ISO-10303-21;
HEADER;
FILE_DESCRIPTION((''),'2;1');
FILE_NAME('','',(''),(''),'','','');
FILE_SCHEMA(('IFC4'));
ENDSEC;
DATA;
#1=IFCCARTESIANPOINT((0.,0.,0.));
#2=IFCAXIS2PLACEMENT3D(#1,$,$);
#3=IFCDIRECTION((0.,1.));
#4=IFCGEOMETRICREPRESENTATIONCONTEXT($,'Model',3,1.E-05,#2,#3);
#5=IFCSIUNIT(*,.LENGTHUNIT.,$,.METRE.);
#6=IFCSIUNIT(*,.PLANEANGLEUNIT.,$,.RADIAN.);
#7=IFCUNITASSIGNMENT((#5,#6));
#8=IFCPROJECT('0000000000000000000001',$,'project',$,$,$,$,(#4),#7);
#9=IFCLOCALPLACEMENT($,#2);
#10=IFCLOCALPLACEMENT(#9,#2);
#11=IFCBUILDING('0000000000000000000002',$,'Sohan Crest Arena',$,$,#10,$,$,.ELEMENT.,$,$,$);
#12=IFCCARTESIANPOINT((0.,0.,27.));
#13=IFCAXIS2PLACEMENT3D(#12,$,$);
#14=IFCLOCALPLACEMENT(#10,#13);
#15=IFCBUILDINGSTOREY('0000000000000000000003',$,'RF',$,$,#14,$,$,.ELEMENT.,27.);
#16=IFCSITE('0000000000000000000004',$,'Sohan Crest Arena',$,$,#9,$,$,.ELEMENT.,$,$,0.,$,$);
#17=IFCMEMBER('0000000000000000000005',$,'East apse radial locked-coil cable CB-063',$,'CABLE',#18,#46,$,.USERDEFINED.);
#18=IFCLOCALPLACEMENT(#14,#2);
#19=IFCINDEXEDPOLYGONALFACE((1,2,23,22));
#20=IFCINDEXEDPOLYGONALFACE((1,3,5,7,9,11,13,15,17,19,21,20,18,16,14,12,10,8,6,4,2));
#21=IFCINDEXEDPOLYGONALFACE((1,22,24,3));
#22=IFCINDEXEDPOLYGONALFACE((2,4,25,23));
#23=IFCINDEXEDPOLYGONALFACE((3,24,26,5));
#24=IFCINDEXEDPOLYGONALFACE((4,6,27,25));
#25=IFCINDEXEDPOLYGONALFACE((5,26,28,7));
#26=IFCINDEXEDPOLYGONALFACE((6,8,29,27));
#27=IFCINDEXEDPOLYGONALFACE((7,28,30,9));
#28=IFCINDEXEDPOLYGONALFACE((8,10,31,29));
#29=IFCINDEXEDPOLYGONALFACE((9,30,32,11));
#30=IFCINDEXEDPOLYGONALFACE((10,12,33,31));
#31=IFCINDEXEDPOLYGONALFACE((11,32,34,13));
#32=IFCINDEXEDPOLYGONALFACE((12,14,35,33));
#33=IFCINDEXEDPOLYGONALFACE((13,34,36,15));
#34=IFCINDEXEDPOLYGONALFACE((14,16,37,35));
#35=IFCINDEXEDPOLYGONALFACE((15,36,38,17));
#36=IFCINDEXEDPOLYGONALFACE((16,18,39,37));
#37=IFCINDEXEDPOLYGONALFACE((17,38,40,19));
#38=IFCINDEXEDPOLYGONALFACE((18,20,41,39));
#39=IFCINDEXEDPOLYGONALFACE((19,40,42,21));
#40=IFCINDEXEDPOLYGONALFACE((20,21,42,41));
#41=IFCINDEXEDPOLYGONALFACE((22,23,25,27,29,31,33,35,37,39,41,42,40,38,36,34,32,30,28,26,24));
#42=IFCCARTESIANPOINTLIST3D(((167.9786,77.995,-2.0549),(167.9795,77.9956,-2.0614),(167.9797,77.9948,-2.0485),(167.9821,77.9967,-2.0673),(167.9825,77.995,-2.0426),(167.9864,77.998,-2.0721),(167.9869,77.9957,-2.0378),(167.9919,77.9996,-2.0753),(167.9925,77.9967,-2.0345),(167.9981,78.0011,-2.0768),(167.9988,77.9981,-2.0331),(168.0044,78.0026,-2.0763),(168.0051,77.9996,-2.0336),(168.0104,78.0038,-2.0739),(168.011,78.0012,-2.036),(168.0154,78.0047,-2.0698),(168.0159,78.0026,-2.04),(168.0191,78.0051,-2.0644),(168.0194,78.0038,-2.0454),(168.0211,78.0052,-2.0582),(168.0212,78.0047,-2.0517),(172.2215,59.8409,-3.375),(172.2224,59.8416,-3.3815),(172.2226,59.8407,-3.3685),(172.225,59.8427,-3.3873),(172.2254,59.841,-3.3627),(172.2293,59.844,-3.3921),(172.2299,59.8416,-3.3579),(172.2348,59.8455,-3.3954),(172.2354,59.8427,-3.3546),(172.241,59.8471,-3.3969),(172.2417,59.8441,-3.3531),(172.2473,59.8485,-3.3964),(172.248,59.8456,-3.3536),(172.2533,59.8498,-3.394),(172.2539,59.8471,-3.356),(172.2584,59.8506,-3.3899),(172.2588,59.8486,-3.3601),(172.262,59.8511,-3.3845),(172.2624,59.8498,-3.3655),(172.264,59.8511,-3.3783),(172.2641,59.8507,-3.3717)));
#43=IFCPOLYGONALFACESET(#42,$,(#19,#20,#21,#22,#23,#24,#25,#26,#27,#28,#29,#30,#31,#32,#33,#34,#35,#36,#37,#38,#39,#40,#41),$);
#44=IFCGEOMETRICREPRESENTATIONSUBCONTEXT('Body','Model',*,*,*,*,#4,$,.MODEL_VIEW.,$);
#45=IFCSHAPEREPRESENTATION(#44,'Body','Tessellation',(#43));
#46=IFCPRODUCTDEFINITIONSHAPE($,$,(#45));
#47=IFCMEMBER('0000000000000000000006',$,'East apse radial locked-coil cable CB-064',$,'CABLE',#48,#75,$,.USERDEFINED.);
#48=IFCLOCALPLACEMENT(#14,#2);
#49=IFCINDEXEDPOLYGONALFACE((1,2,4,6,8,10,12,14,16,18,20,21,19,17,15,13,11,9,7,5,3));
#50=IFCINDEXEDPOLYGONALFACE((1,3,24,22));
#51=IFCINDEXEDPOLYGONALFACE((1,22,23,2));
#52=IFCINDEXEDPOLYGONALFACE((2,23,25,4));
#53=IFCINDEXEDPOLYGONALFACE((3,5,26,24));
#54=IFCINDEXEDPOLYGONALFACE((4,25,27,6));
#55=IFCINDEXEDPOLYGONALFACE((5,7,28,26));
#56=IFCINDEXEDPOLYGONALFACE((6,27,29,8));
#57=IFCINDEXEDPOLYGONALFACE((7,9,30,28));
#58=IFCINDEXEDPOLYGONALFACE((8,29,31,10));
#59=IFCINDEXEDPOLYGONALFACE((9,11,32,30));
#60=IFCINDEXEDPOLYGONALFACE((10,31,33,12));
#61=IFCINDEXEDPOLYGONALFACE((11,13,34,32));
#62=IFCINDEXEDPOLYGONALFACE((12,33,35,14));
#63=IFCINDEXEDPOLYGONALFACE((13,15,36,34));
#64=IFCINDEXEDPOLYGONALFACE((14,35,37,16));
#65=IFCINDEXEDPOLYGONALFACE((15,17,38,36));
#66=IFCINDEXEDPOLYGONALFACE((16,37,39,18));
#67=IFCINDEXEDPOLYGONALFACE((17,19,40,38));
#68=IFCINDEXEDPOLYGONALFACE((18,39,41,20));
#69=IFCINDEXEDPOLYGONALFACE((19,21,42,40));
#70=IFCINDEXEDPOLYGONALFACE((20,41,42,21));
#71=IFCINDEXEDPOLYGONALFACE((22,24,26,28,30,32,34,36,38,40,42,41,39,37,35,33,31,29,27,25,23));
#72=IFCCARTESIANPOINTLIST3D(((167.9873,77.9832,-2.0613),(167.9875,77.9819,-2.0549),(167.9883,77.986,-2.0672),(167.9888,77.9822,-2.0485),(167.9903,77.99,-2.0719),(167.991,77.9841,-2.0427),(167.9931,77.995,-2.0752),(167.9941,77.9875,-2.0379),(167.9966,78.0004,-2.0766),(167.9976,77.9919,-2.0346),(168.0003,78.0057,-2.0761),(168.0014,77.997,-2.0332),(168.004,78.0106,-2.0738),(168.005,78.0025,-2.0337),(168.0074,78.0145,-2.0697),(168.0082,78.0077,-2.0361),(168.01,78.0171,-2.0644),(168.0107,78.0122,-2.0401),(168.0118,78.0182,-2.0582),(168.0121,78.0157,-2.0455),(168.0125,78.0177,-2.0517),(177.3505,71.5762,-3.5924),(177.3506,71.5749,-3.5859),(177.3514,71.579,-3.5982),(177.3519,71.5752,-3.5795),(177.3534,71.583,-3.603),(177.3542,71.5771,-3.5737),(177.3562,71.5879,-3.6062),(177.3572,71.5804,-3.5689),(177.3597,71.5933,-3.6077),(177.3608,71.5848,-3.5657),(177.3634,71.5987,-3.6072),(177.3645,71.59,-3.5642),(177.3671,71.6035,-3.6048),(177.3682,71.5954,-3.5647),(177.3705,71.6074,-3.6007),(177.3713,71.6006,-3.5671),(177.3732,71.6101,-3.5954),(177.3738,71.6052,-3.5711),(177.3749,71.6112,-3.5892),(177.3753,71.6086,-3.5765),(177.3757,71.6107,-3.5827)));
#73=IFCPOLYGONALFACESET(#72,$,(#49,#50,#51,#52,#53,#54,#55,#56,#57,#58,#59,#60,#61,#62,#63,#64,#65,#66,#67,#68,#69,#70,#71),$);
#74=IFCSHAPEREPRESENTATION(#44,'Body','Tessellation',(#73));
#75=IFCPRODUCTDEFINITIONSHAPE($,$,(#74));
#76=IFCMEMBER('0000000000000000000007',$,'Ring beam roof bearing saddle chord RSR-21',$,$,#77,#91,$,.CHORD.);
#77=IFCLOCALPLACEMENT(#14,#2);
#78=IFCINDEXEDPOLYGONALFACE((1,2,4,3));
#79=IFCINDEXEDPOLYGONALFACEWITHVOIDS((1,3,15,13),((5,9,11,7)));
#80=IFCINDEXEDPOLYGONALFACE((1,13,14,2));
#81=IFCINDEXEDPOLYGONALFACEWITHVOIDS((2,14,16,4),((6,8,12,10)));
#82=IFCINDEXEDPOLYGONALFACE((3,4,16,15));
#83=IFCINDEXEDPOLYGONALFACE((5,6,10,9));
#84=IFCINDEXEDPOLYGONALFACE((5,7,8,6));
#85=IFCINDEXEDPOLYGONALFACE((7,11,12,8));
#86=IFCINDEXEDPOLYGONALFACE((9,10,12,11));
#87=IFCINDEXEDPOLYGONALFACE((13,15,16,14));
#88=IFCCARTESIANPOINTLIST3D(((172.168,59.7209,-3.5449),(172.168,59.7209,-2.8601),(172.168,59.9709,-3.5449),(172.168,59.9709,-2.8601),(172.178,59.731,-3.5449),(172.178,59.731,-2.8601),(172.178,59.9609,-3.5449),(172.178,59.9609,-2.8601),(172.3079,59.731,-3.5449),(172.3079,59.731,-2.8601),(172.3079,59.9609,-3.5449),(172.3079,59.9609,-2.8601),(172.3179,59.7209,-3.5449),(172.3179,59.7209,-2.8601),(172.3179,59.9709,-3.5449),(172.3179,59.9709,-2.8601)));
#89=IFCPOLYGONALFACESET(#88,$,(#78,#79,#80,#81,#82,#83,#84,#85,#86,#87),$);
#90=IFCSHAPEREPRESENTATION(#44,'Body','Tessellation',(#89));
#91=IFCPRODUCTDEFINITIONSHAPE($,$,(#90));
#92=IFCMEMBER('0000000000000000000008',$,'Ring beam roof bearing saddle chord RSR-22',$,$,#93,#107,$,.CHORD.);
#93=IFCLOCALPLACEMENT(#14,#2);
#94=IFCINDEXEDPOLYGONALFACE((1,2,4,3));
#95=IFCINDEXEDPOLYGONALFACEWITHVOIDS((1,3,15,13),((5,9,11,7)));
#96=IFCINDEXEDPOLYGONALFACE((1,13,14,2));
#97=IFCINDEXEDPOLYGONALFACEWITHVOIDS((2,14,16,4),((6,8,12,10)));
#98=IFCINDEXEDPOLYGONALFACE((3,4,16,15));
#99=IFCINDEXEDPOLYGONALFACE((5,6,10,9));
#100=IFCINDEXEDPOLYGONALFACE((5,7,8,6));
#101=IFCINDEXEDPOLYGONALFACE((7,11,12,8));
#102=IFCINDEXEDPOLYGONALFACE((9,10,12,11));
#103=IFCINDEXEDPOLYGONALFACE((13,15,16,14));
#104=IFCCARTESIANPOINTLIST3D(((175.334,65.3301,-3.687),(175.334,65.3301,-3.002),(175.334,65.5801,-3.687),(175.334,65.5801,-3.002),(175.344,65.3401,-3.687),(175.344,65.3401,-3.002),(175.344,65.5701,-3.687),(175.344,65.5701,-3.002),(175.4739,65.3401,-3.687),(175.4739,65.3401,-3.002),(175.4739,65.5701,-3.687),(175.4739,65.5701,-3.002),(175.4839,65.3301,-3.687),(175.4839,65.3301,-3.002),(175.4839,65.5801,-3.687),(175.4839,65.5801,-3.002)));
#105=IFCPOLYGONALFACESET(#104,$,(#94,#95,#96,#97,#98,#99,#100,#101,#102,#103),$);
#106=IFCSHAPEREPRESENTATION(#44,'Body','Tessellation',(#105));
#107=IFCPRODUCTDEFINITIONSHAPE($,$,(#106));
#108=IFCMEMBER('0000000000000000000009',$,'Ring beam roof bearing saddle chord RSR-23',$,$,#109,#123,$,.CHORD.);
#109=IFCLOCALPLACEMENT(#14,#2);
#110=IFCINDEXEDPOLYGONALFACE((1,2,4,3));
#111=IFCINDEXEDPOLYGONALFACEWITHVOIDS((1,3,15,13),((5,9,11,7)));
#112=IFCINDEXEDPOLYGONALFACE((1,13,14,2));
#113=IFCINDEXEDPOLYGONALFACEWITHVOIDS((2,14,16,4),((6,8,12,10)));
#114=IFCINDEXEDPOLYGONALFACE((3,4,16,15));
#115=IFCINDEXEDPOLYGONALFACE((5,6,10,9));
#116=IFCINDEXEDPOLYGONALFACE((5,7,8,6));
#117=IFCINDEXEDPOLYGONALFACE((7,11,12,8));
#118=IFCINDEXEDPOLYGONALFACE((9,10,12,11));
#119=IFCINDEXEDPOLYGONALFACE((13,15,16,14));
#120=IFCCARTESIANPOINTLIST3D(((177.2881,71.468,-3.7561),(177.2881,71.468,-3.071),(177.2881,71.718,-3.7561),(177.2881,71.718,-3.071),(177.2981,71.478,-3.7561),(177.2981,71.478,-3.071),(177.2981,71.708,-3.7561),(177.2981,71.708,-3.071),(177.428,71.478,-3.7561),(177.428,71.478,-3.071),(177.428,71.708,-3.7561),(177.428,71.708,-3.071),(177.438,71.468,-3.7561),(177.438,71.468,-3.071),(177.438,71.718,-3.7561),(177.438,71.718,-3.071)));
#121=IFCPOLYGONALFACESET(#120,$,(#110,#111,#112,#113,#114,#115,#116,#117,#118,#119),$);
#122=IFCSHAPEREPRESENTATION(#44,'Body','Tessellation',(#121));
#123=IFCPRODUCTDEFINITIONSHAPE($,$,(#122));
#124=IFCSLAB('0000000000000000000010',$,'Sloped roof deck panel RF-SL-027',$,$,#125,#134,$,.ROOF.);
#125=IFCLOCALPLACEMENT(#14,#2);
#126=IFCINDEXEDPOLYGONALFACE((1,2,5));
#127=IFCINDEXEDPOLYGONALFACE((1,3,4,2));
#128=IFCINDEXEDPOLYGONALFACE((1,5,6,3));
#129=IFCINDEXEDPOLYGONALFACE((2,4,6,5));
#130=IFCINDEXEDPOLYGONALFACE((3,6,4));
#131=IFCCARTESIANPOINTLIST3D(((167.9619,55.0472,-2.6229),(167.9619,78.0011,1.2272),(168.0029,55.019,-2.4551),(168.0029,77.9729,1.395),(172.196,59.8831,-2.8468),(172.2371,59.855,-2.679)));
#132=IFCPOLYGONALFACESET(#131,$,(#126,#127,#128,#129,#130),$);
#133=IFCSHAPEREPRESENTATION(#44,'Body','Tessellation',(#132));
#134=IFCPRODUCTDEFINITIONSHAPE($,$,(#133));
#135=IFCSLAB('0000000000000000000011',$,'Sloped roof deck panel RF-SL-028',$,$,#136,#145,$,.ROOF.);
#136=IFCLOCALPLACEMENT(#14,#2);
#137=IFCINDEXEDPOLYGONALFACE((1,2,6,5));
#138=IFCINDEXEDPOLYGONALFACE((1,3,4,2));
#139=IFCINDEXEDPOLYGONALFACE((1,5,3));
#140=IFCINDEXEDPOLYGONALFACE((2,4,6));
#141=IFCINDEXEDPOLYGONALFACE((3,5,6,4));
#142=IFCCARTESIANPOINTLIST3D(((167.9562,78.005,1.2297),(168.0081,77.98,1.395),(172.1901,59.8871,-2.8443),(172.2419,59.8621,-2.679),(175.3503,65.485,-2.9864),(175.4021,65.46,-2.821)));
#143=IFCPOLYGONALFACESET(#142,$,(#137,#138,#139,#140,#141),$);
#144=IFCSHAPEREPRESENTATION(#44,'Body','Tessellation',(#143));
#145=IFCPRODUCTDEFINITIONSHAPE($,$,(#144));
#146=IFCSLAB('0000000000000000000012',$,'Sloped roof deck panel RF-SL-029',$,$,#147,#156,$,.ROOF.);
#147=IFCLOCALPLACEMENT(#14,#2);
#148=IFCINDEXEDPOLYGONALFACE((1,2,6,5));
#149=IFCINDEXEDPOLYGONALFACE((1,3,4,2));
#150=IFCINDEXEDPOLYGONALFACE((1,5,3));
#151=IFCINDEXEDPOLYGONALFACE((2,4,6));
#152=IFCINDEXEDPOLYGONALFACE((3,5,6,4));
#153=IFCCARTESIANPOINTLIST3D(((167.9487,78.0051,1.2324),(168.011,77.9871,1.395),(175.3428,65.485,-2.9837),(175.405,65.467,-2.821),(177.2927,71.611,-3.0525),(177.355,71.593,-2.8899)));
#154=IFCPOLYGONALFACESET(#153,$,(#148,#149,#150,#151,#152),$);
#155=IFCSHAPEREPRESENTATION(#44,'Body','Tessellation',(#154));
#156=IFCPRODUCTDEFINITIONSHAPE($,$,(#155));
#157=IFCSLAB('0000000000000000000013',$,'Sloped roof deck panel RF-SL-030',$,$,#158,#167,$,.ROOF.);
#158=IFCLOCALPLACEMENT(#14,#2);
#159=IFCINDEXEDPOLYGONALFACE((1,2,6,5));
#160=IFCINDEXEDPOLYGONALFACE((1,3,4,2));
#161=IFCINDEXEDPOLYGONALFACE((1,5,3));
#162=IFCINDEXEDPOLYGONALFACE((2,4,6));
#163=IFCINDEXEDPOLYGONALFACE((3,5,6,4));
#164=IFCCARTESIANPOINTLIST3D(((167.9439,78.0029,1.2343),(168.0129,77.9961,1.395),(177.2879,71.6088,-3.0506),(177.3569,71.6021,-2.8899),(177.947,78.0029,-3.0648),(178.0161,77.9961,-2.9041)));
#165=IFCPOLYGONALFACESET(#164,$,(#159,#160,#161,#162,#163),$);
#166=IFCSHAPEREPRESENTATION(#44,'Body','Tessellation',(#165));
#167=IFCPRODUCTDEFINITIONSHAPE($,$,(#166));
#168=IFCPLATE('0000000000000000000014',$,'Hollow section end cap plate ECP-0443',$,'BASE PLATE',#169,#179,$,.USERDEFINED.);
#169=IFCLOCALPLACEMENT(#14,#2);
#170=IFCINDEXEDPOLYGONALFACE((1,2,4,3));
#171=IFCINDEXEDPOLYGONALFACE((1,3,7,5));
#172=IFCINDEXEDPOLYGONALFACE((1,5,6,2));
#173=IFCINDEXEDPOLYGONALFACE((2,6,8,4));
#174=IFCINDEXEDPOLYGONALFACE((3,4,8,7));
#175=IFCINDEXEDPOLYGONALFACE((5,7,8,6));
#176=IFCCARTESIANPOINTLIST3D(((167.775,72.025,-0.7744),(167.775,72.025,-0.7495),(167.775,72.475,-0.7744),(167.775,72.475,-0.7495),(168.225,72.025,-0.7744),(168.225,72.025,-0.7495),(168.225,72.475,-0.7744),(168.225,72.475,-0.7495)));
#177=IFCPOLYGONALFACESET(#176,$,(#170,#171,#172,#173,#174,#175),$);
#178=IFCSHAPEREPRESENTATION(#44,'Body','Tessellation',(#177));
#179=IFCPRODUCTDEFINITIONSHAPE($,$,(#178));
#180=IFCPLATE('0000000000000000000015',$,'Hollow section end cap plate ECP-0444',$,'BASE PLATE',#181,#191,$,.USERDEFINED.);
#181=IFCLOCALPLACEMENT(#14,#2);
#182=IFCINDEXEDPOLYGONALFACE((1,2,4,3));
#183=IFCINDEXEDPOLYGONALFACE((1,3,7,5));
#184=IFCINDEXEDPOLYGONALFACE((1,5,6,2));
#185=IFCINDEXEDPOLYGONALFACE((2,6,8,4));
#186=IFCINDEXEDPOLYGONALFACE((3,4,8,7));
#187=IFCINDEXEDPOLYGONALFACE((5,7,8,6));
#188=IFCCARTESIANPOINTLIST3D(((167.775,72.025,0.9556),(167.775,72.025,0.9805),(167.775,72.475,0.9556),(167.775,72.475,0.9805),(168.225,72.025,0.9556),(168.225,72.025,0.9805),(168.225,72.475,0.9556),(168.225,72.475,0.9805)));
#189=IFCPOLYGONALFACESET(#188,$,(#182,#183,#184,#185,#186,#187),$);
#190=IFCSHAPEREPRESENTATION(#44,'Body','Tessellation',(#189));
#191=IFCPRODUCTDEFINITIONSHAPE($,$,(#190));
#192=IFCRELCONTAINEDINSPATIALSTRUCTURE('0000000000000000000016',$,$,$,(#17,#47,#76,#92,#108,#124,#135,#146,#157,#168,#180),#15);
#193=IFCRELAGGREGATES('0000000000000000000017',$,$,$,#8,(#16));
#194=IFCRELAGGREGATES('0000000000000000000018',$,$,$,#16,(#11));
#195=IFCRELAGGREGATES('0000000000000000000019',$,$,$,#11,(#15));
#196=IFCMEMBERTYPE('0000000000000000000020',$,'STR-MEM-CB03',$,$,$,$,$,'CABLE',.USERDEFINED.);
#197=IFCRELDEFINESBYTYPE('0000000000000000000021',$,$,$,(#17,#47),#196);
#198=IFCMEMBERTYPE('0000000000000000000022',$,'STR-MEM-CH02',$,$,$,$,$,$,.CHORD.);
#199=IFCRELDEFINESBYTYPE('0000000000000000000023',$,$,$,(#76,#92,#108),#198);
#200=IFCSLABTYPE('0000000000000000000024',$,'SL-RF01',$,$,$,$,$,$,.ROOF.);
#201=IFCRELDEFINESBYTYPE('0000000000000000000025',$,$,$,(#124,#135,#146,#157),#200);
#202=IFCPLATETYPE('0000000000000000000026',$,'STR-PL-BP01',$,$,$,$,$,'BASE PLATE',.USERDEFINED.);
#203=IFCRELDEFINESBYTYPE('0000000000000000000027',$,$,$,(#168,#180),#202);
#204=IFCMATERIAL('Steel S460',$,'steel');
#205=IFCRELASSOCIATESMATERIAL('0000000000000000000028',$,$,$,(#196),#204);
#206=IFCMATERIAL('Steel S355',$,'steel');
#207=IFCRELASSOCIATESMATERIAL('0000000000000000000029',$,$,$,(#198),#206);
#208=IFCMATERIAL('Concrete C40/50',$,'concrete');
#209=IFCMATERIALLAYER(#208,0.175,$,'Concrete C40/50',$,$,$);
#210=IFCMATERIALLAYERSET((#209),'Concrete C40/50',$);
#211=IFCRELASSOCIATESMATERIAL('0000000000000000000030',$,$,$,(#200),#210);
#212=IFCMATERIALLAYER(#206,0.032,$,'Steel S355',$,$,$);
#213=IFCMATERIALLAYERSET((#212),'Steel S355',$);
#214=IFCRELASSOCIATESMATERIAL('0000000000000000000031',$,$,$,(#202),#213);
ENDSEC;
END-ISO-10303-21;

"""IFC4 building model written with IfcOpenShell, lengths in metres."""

from ifc_helpers import new_model, si_unit, direction, frame, origin, origin_2d, place, context, subcontext, project, spatial, polyline, rectangle, hollow_rectangle, circle, outline, extrude, material, layer, layer_set, material_profile, profile_set, type_object, element, save


model = new_model("IFC4")

# Units and contexts
model_context = context("Model", 3, precision=1e-05, world=origin(), true_north=direction((0.0, 1.0)))
body_context = subcontext(model_context, "Body", "Model", "MODEL_VIEW")
ifc_project = project(units=[si_unit("LENGTHUNIT", "METRE"), si_unit("PLANEANGLEUNIT", "RADIAN")], contexts=[model_context])

# Site, building, storey
site_placement = place(None, origin())
site = spatial("IfcSite", under=ifc_project, at=site_placement, Name="Sohan Crest Arena", CompositionType="ELEMENT", RefElevation=0.0)
building_placement = place(site_placement, origin())
building = spatial("IfcBuilding", under=site, at=building_placement, Name="Sohan Crest Arena", CompositionType="ELEMENT")
storey_placement = place(building_placement, frame((0.0, 0.0, 27.0)))
storey = spatial("IfcBuildingStorey", under=building, at=storey_placement, Name="RF", CompositionType="ELEMENT", Elevation=27.0)

# Shared definitions
ifc_material_1 = material(Name="Steel S355", Category="steel")

# Members
ifc_material_2 = material(Name="Steel S460", Category="steel")
ifc_material_profile_1 = material_profile(ifc_material_2, circle(Radius=0.022, at=origin_2d()), Name="FLC D44")
ifc_profile_set_1 = profile_set([ifc_material_profile_1], Name="Steel S460")
member_type_1 = type_object("IfcMemberType", Name="STR-MEM-CB03", ElementType="CABLE", PredefinedType="USERDEFINED", material=ifc_profile_set_1)
member_1_placement = place(storey_placement, frame((172.2429, 59.8459, -3.375), z_axis=(-0.227016, 0.971326, 0.07063), x_axis=(-0.973758, -0.227584, 0.0)))
element("IfcMember", 1, at=member_1_placement, inside=storey, type_object=member_type_1, Name="East apse radial locked-coil cable CB-063", ObjectType="CABLE", PredefinedType="USERDEFINED", context=body_context, shape_type="SweptSolid", body=[
    extrude(circle(Radius=0.022, at=origin_2d()), origin(), (0.0, 0.0, 1.0), 18.6899),
])
member_2_placement = place(storey_placement, frame((177.363, 71.593, -3.5859), z_axis=(-0.817865, 0.559653, 0.133734), x_axis=(-0.564726, -0.825279, 0.0)))
element("IfcMember", 2, at=member_2_placement, inside=storey, type_object=member_type_1, Name="East apse radial locked-coil cable CB-064", ObjectType="CABLE", PredefinedType="USERDEFINED", context=body_context, shape_type="SweptSolid", body=[
    extrude(circle(Radius=0.022, at=origin_2d()), origin(), (0.0, 0.0, 1.0), 11.4482),
])
ifc_material_profile_2 = material_profile(ifc_material_1, hollow_rectangle(XDim=0.1499, YDim=0.25, WallThickness=0.01, at=origin_2d()), Name="RHS 250x150x10")
ifc_profile_set_2 = profile_set([ifc_material_profile_2], Name="Steel S355")
member_type_2 = type_object("IfcMemberType", Name="STR-MEM-CH02", PredefinedType="CHORD", material=ifc_profile_set_2)
member_3_placement = place(storey_placement, frame((172.2429, 59.8459, -3.5449), z_axis=(0.0, 0.0, 1.0), x_axis=(1.0, 0.0, 0.0)))
element("IfcMember", 3, at=member_3_placement, inside=storey, type_object=member_type_2, Name="Ring beam roof bearing saddle chord RSR-21", PredefinedType="CHORD", context=body_context, shape_type="SweptSolid", body=[
    extrude(hollow_rectangle(XDim=0.1499, YDim=0.25, WallThickness=0.01, at=origin_2d()), origin(), (0.0, 0.0, 1.0), 0.6848),
])
for number, where, z_axis, x_axis, name in (
    (4, (175.4089, 65.4551, -3.687), (0.0, 0.0, 1.0), (1.0, 0.0, 0.0), "Ring beam roof bearing saddle chord RSR-22"),
    (5, (177.363, 71.593, -3.7561), (0.0, 0.0, 1.0), (1.0, 0.0, 0.0), "Ring beam roof bearing saddle chord RSR-23"),
):
    element("IfcMember", number, at=place(storey_placement, frame(where, z_axis=z_axis, x_axis=x_axis)), inside=storey, type_object=member_type_2, Name=name, PredefinedType="CHORD", context=body_context, shape_type="SweptSolid", body=[
        extrude(hollow_rectangle(XDim=0.1499, YDim=0.25, WallThickness=0.01, at=origin_2d()), origin(), (0.0, 0.0, 1.0), 0.6851),
    ])

# Slabs
ifc_material_3 = material(Name="Concrete C40/50", Category="concrete")
ifc_layer_1 = layer(ifc_material_3, 0.175, Name="Concrete C40/50")
ifc_layer_set_1 = layer_set([ifc_layer_1], Name="Concrete C40/50")
slab_type = type_object("IfcSlabType", Name="SL-RF01", PredefinedType="ROOF", material=ifc_layer_set_1)
slab_1_placement = place(storey_placement, frame((168.0029, 55.019, -2.4551), z_axis=(0.234364, -0.160814, 0.958756), x_axis=(0.658342, 0.751914, -0.034809)))
element("IfcSlab", 6, at=slab_1_placement, inside=storey, type_object=slab_type, Name="Sloped roof deck panel RF-SL-027", PredefinedType="ROOF", context=body_context, shape_type="SweptSolid", body=[
    extrude(outline(polyline([(0.0, 0.0), (6.4315, 0.0), (17.1253, 15.7616), (0.0, 0.0)])), origin(), (0.0, 0.0, -1.0), 0.175),
])
slab_2_placement = place(storey_placement, frame((172.2419, 59.8621, -2.679), z_axis=(0.296065, -0.143166, 0.944378), x_axis=(0.49148, 0.870608, -0.022098)))
element("IfcSlab", 7, at=slab_2_placement, inside=storey, type_object=slab_type, Name="Sloped roof deck panel RF-SL-028", PredefinedType="ROOF", context=body_context, shape_type="SweptSolid", body=[
    extrude(outline(polyline([(0.0, 0.0), (6.4299, 0.0), (13.6027, 13.3322), (0.0, 0.0)])), origin(), (0.0, 0.0, -1.0), 0.175),
])
slab_3_placement = place(storey_placement, frame((175.405, 65.467, -2.821), z_axis=(0.355665, -0.102771, 0.928946), x_axis=(0.303296, 0.952836, -0.010709)))
element("IfcSlab", 8, at=slab_3_placement, inside=storey, type_object=slab_type, Name="Sloped roof deck panel RF-SL-029", PredefinedType="ROOF", context=body_context, shape_type="SweptSolid", body=[
    extrude(outline(polyline([(0.0, 0.0), (6.4292, 0.0), (9.6418, 11.6719), (0.0, 0.0)])), origin(), (0.0, 0.0, -1.0), 0.175),
])
slab_4_placement = place(storey_placement, frame((177.3569, 71.6021, -2.8899), z_axis=(0.394555, -0.038643, 0.918059), x_axis=(0.102549, 0.994726, -0.002203)))
element("IfcSlab", 9, at=slab_4_placement, inside=storey, type_object=slab_type, Name="Sloped roof deck panel RF-SL-030", PredefinedType="ROOF", context=body_context, shape_type="SweptSolid", body=[
    extrude(outline(polyline([(0.0, 0.0), (6.4279, 0.0), (5.3927, 10.8385), (0.0, 0.0)])), origin(), (0.0, 0.0, -1.0), 0.175),
])

# Plates
ifc_layer_2 = layer(ifc_material_1, 0.032, Name="Steel S355")
ifc_layer_set_2 = layer_set([ifc_layer_2], Name="Steel S355")
plate_type_1 = type_object("IfcPlateType", Name="STR-PL-BP01", ElementType="BASE PLATE", PredefinedType="USERDEFINED", material=ifc_layer_set_2)
for number, where, z_axis, x_axis, name in (
    (10, (168.0, 72.25, -0.7744), (0.0, 0.0, 1.0), (1.0, 0.0, 0.0), "Hollow section end cap plate ECP-0443"),
    (11, (168.0, 72.25, 0.9556), (0.0, 0.0, 1.0), (1.0, 0.0, 0.0), "Hollow section end cap plate ECP-0444"),
):
    element("IfcPlate", number, at=place(storey_placement, frame(where, z_axis=z_axis, x_axis=x_axis)), inside=storey, type_object=plate_type_1, Name=name, ObjectType="BASE PLATE", PredefinedType="USERDEFINED", context=body_context, shape_type="SweptSolid", body=[
        extrude(rectangle(XDim=0.45, YDim=0.45, at=origin_2d()), origin(), (0.0, 0.0, 1.0), 0.0249),
    ])

save(model, "model.ifc")
